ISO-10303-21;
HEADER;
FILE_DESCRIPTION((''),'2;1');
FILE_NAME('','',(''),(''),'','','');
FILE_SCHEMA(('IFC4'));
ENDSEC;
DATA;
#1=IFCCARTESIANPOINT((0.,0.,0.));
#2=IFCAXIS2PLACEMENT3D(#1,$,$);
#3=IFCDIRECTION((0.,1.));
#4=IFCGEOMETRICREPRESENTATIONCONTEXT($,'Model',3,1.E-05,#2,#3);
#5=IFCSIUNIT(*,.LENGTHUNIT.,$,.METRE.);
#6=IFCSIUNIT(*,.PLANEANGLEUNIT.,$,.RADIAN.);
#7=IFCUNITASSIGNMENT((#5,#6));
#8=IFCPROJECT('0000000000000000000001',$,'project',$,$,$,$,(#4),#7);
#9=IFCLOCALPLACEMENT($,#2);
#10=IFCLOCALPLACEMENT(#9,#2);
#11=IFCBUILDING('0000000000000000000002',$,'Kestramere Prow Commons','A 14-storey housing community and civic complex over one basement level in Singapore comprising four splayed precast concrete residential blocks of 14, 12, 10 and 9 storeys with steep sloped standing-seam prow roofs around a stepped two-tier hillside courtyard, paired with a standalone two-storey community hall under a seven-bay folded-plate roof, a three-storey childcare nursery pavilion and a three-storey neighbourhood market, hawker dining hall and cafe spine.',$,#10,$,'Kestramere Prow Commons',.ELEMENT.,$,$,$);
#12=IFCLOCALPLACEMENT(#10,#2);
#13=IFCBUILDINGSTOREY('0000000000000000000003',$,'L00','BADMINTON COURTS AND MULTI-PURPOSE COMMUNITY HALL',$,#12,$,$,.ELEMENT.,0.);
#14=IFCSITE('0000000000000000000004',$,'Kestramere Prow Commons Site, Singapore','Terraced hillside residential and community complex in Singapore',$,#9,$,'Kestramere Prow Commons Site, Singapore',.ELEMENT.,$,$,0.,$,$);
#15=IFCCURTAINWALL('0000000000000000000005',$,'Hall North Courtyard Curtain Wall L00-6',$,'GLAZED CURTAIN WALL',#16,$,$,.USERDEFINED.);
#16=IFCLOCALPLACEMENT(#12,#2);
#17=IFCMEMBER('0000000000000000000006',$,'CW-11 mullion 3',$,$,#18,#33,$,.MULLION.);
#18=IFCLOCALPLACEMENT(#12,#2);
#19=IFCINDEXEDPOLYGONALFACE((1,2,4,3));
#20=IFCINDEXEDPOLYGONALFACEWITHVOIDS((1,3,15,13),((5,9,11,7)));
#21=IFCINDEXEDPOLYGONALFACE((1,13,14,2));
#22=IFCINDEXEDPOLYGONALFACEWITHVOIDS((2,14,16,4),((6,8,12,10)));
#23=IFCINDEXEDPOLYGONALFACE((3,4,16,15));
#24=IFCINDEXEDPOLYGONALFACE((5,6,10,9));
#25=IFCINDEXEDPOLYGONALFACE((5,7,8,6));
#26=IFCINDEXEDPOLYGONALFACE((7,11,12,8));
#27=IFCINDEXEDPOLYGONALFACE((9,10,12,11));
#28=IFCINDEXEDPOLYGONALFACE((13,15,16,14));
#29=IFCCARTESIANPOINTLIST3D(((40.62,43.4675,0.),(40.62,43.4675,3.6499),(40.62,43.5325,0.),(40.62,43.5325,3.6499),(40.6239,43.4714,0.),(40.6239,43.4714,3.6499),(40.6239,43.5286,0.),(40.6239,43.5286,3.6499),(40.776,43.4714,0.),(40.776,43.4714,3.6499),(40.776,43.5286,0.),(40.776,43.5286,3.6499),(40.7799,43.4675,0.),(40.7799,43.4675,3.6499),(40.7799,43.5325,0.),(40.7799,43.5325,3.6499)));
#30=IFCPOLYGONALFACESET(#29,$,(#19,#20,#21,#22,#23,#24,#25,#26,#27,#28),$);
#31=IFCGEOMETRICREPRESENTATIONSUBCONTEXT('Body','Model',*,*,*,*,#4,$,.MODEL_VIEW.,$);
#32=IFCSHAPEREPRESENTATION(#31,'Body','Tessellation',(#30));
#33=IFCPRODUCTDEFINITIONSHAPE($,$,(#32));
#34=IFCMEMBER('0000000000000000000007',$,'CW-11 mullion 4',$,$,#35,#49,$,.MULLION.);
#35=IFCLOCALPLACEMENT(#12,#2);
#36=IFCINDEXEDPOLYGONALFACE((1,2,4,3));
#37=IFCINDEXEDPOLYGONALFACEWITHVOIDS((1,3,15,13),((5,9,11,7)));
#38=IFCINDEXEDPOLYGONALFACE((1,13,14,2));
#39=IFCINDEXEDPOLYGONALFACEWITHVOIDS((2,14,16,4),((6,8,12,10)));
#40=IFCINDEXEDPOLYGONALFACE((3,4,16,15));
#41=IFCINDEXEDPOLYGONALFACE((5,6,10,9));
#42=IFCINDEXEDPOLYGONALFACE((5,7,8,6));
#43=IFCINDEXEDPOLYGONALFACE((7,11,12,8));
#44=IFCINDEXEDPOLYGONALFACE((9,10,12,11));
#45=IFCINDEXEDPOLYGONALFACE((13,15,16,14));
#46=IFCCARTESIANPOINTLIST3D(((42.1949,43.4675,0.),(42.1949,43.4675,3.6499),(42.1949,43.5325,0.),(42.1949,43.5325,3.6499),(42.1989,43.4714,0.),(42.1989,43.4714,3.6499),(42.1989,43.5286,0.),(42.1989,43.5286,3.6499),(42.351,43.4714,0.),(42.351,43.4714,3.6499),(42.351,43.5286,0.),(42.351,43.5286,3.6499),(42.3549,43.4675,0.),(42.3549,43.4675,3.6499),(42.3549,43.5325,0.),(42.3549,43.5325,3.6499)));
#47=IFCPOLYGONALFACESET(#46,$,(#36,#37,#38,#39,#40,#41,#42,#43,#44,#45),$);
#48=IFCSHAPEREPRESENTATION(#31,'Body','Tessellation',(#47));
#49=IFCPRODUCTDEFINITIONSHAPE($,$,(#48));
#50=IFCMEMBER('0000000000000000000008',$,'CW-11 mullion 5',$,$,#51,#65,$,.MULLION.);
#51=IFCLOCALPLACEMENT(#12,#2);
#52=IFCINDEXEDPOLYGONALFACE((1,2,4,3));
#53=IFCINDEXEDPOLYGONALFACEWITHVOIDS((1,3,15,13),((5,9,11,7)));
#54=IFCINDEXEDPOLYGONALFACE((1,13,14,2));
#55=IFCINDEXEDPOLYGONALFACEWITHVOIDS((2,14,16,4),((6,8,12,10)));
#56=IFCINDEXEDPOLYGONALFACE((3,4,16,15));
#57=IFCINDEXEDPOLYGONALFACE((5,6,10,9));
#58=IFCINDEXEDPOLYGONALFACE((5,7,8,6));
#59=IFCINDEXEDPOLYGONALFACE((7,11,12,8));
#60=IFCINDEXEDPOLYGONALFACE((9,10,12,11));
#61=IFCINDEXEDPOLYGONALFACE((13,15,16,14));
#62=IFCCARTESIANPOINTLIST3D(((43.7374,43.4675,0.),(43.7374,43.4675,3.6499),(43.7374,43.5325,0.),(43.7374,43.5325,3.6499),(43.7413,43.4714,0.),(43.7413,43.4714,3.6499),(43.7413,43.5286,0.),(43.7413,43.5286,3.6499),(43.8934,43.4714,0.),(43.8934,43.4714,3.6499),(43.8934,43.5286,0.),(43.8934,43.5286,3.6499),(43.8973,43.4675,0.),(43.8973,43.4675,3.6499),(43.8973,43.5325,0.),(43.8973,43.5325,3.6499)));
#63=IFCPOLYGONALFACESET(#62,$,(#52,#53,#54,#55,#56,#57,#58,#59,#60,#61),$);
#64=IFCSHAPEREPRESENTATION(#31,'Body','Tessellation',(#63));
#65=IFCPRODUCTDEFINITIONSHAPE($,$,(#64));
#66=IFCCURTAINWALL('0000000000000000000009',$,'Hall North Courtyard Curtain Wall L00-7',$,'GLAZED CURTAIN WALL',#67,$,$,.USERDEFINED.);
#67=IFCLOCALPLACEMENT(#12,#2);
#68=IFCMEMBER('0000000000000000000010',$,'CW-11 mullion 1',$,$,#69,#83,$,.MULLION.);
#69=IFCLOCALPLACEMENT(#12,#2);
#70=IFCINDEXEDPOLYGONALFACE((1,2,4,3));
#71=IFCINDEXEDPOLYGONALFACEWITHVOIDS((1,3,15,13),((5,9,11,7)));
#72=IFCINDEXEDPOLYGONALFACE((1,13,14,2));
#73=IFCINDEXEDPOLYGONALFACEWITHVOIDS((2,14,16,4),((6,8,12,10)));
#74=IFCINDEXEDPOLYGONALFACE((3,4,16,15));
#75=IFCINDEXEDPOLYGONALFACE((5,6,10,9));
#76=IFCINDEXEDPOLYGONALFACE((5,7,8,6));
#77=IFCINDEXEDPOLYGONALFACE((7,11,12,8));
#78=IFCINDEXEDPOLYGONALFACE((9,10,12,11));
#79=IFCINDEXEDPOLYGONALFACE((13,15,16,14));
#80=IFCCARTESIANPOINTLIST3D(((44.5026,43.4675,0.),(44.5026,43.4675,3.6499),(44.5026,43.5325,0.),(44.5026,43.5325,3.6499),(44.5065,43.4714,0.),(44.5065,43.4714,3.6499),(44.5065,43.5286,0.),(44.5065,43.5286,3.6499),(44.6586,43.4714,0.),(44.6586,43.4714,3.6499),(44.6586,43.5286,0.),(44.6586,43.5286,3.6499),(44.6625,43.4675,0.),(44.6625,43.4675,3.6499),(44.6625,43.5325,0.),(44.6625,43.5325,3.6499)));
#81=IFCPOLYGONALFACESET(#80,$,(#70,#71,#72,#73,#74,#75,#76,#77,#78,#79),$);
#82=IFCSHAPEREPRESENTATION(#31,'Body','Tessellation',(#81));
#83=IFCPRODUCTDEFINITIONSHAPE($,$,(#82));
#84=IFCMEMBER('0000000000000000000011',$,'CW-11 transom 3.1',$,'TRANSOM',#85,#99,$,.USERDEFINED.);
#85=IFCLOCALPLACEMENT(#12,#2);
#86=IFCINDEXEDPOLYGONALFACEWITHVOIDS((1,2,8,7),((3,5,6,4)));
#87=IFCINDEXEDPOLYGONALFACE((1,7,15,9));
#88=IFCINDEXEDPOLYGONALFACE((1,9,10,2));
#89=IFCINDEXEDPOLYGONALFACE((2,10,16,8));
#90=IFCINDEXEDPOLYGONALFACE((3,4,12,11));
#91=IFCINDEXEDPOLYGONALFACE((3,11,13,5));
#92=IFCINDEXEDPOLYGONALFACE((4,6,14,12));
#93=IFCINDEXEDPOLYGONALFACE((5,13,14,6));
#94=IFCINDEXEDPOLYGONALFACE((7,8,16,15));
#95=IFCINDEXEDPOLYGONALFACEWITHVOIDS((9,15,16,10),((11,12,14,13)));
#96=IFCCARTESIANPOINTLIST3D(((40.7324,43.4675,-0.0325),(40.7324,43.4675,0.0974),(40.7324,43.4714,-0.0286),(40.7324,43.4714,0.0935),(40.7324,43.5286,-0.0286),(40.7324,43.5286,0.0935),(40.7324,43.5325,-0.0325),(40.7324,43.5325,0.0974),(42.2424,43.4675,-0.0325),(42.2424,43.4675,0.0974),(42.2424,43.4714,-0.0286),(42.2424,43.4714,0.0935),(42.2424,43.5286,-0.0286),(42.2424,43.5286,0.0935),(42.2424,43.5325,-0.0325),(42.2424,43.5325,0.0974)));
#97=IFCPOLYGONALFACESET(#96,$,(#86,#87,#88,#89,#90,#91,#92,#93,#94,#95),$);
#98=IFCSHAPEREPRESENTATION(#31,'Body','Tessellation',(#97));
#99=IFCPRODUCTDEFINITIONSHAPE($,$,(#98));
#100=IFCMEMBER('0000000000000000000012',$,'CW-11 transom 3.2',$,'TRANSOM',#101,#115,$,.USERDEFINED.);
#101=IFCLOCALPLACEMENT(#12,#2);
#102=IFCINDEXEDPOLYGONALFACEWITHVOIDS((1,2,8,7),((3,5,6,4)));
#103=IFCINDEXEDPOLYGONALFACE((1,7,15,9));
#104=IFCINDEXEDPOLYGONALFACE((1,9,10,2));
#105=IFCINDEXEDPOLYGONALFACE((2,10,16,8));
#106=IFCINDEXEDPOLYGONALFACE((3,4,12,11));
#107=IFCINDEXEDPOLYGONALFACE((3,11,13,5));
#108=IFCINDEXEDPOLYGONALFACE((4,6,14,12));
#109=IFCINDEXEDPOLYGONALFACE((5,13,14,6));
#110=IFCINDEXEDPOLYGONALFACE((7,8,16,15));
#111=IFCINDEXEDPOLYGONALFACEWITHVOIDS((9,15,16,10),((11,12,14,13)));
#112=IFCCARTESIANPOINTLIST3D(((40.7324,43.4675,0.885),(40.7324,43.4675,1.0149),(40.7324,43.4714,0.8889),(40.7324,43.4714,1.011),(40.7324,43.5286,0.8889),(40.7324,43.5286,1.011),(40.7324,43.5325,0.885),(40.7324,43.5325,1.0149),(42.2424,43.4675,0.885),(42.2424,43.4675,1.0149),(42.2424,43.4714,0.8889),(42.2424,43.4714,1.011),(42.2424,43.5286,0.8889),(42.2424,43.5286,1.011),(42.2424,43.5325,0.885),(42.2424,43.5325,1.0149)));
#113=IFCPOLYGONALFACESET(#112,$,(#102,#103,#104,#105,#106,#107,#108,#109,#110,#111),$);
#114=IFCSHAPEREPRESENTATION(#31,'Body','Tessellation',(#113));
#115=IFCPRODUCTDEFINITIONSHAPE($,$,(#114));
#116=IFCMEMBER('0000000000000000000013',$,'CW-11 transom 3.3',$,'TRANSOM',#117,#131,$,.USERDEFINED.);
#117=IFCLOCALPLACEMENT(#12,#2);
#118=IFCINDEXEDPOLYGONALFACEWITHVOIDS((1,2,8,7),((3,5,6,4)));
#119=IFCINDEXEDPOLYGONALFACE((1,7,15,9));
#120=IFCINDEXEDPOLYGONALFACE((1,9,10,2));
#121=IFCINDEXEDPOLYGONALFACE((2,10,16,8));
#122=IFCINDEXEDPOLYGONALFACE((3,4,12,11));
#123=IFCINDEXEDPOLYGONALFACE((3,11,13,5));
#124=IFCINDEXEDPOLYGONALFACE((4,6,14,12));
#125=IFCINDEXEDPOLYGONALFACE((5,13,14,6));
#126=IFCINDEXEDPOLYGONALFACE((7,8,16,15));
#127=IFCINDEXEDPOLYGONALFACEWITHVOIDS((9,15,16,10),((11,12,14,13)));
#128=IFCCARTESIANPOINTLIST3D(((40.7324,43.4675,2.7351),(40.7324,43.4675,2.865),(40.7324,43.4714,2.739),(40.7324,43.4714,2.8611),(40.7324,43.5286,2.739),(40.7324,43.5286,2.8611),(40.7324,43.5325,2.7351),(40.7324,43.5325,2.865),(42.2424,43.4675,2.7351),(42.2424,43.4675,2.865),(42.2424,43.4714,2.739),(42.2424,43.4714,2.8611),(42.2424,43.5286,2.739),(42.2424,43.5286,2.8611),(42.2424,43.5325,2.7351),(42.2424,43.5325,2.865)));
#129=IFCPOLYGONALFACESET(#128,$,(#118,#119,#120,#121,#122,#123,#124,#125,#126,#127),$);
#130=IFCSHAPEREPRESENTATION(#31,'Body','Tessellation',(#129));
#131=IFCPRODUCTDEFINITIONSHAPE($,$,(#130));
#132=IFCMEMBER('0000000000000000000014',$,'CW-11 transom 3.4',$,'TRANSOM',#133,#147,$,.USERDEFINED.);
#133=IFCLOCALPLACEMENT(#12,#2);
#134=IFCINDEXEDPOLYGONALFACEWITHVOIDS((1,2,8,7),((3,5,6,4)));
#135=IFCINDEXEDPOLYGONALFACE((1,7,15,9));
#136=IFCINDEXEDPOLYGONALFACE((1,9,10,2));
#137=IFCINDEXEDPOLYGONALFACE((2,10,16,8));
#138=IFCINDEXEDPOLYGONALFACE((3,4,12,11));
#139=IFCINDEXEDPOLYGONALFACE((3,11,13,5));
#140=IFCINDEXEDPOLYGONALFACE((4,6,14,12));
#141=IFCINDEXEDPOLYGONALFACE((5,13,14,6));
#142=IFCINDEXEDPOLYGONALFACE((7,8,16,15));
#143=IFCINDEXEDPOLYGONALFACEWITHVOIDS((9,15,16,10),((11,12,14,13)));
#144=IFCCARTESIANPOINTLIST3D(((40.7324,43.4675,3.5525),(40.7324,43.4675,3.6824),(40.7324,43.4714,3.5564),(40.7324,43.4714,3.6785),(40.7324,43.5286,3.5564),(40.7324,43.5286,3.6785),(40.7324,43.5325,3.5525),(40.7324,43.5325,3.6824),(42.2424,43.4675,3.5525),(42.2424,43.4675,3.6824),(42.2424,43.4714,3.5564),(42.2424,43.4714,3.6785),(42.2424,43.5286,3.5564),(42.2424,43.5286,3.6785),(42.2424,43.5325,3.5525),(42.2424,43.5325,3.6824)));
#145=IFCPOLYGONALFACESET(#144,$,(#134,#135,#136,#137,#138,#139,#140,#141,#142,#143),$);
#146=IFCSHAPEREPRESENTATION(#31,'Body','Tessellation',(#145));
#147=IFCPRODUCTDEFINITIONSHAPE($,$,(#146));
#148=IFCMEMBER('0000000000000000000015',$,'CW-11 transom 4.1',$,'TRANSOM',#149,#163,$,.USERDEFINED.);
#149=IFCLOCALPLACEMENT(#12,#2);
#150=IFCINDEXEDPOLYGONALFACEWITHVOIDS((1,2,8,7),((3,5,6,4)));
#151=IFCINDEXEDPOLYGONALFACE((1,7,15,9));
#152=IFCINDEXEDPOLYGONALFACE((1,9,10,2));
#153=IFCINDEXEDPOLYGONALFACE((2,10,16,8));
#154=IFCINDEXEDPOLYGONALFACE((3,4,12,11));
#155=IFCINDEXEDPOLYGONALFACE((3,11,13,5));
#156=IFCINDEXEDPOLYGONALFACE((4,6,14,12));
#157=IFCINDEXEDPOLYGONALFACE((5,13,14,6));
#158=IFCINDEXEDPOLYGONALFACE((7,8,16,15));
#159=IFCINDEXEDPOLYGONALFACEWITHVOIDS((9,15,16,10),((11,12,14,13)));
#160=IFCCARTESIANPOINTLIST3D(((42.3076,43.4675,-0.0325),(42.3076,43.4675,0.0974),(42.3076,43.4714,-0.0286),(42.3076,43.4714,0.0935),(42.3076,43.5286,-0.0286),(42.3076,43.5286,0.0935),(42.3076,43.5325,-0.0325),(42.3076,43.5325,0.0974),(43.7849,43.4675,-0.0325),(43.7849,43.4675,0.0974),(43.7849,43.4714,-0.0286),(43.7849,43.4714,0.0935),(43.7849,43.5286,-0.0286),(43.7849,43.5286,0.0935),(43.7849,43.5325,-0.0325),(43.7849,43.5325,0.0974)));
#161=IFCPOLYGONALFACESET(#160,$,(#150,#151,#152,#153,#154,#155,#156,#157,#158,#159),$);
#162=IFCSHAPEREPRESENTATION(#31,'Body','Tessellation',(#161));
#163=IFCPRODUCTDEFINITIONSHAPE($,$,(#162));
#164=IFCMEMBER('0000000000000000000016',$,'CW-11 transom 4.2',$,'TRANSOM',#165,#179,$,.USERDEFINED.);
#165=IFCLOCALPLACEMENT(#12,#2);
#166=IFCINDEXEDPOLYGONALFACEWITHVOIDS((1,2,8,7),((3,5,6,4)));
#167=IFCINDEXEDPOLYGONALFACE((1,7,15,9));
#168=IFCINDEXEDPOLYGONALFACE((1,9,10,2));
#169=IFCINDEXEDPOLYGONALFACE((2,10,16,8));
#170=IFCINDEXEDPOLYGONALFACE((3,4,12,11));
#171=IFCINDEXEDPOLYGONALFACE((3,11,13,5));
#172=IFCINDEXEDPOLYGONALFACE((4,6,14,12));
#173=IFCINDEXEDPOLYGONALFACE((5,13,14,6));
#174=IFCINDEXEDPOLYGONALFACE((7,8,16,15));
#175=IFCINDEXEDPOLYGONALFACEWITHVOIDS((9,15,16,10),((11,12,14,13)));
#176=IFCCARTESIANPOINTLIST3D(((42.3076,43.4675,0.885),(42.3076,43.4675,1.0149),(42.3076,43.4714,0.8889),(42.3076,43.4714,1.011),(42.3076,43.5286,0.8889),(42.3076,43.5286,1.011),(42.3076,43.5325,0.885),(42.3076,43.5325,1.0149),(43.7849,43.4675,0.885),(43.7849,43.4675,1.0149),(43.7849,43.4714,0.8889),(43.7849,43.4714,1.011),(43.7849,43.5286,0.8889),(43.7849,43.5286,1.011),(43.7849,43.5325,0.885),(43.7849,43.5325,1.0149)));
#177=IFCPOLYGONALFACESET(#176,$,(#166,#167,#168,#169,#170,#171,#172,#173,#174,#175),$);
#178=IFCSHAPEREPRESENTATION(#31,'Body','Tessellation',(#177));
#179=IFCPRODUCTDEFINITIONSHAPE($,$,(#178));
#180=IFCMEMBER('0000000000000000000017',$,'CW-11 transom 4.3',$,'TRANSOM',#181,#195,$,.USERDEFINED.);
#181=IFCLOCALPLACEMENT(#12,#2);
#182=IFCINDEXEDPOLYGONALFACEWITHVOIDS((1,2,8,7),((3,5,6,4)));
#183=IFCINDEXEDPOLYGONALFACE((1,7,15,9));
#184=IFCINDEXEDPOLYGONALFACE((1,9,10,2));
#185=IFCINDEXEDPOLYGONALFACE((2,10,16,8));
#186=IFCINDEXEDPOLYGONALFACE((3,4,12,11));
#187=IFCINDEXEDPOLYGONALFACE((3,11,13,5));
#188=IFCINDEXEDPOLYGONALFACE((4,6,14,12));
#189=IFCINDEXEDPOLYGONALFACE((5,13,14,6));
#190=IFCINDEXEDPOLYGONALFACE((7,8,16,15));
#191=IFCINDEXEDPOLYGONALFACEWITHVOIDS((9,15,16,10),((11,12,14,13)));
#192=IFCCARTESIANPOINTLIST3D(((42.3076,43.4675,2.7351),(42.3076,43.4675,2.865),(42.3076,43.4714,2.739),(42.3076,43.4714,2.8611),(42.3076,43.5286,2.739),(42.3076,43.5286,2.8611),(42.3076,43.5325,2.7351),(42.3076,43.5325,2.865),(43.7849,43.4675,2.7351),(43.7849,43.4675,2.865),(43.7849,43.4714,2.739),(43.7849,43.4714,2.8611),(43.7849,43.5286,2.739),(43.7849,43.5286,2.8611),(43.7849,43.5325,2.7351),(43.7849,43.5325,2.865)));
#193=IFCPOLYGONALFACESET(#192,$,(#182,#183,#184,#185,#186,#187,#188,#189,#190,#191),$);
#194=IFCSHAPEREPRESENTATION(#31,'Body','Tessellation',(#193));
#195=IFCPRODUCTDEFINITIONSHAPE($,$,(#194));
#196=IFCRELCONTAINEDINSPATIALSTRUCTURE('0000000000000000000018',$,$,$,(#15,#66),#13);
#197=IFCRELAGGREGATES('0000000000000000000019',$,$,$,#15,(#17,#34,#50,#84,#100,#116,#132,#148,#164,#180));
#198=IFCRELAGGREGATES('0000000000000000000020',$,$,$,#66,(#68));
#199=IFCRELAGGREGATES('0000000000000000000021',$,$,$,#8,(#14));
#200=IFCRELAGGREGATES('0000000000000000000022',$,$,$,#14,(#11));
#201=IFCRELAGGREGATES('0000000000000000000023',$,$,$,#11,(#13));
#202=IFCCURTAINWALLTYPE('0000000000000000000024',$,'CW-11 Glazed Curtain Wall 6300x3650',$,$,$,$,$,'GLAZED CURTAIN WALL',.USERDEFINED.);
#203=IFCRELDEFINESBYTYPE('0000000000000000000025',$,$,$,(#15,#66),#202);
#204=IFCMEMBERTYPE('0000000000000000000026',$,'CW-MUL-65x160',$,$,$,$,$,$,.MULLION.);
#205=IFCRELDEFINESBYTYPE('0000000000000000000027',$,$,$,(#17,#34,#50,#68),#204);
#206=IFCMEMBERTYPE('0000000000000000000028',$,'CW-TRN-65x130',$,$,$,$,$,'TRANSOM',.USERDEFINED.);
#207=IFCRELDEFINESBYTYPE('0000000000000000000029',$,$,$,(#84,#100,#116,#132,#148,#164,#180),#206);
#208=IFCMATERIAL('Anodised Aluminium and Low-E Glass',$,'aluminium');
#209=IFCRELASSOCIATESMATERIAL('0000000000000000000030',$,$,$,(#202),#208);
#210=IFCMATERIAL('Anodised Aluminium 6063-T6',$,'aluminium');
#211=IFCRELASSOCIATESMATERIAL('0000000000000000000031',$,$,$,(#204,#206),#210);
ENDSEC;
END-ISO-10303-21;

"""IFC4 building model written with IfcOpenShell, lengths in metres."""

from ifc_helpers import new_model, si_unit, direction, frame, origin, origin_2d, place, context, subcontext, project, spatial, hollow_rectangle, extrude, material, material_profile, profile_set, type_object, element, aggregate, save


model = new_model("IFC4")

# Units and contexts
model_context = context("Model", 3, precision=1e-05, world=origin(), true_north=direction((0.0, 1.0)))
body_context = subcontext(model_context, "Body", "Model", "MODEL_VIEW")
ifc_project = project(units=[si_unit("LENGTHUNIT", "METRE"), si_unit("PLANEANGLEUNIT", "RADIAN")], contexts=[model_context])

# Site, building, storey
site_placement = place(None, origin())
site = spatial("IfcSite", under=ifc_project, at=site_placement, Name="Kestramere Prow Commons Site, Singapore", Description="Terraced hillside residential and community complex in Singapore", LongName="Kestramere Prow Commons Site, Singapore", CompositionType="ELEMENT", RefElevation=0.0)
building_placement = place(site_placement, origin())
building = spatial("IfcBuilding", under=site, at=building_placement, Name="Kestramere Prow Commons", Description="A 14-storey housing community and civic complex over one basement level in Singapore comprising four splayed precast concrete residential blocks of 14, 12, 10 and 9 storeys with steep sloped standing-seam prow roofs around a stepped two-tier hillside courtyard, paired with a standalone two-storey community hall under a seven-bay folded-plate roof, a three-storey childcare nursery pavilion and a three-storey neighbourhood market, hawker dining hall and cafe spine.", LongName="Kestramere Prow Commons", CompositionType="ELEMENT")
storey_placement = place(building_placement, origin())
storey = spatial("IfcBuildingStorey", under=building, at=storey_placement, Name="L00", Description="BADMINTON COURTS AND MULTI-PURPOSE COMMUNITY HALL", CompositionType="ELEMENT", Elevation=0.0)

# Curtain wall, members
ifc_material_1 = material(Name="Anodised Aluminium and Low-E Glass", Category="aluminium")
curtain_wall_type = type_object("IfcCurtainWallType", Name="CW-11 Glazed Curtain Wall 6300x3650", ElementType="GLAZED CURTAIN WALL", PredefinedType="USERDEFINED", material=ifc_material_1)
curtain_wall_1_placement = place(storey_placement, origin())
curtain_wall_1 = element("IfcCurtainWall", 1, at=curtain_wall_1_placement, inside=storey, type_object=curtain_wall_type, Name="Hall North Courtyard Curtain Wall L00-6", ObjectType="GLAZED CURTAIN WALL", PredefinedType="USERDEFINED")
ifc_material_2 = material(Name="Anodised Aluminium 6063-T6", Category="aluminium")
ifc_material_profile_1 = material_profile(ifc_material_2, hollow_rectangle(XDim=0.0649, YDim=0.1599, WallThickness=0.0039, at=origin_2d()), Name="ALU-MUL 65x160")
ifc_profile_set_1 = profile_set([ifc_material_profile_1], Name="Anodised Aluminium 6063-T6")
member_type_1 = type_object("IfcMemberType", Name="CW-MUL-65x160", PredefinedType="MULLION", material=ifc_profile_set_1)
member_1_placement = place(storey_placement, frame((40.7, 43.5, 0.0), z_axis=(0.0, 0.0, 1.0), x_axis=(0.0, 1.0, 0.0)))
member_1 = element("IfcMember", 2, at=member_1_placement, type_object=member_type_1, Name="CW-11 mullion 3", PredefinedType="MULLION", context=body_context, shape_type="SweptSolid", body=[
    extrude(hollow_rectangle(XDim=0.0649, YDim=0.1599, WallThickness=0.0039, at=origin_2d()), origin(), (0.0, 0.0, 1.0), 3.6499),
])
member_2_placement = place(storey_placement, frame((42.2749, 43.5, 0.0), z_axis=(0.0, 0.0, 1.0), x_axis=(0.0, 1.0, 0.0)))
member_2 = element("IfcMember", 3, at=member_2_placement, type_object=member_type_1, Name="CW-11 mullion 4", PredefinedType="MULLION", context=body_context, shape_type="SweptSolid", body=[
    extrude(hollow_rectangle(XDim=0.0649, YDim=0.1599, WallThickness=0.0039, at=origin_2d()), origin(), (0.0, 0.0, 1.0), 3.6499),
])
member_3_placement = place(storey_placement, frame((43.8174, 43.5, 0.0), z_axis=(0.0, 0.0, 1.0), x_axis=(0.0, 1.0, 0.0)))
member_3 = element("IfcMember", 4, at=member_3_placement, type_object=member_type_1, Name="CW-11 mullion 5", PredefinedType="MULLION", context=body_context, shape_type="SweptSolid", body=[
    extrude(hollow_rectangle(XDim=0.0649, YDim=0.1599, WallThickness=0.0039, at=origin_2d()), origin(), (0.0, 0.0, 1.0), 3.6499),
])

# Curtain wall, member
curtain_wall_2_placement = place(storey_placement, origin())
curtain_wall_2 = element("IfcCurtainWall", 5, at=curtain_wall_2_placement, inside=storey, type_object=curtain_wall_type, Name="Hall North Courtyard Curtain Wall L00-7", ObjectType="GLAZED CURTAIN WALL", PredefinedType="USERDEFINED")
member_4_placement = place(storey_placement, frame((44.5825, 43.5, 0.0), z_axis=(0.0, 0.0, 1.0), x_axis=(0.0, 1.0, 0.0)))
member_4 = element("IfcMember", 6, at=member_4_placement, type_object=member_type_1, Name="CW-11 mullion 1", PredefinedType="MULLION", context=body_context, shape_type="SweptSolid", body=[
    extrude(hollow_rectangle(XDim=0.0649, YDim=0.1599, WallThickness=0.0039, at=origin_2d()), origin(), (0.0, 0.0, 1.0), 3.6499),
])

# Members
ifc_material_profile_2 = material_profile(ifc_material_2, hollow_rectangle(XDim=0.0649, YDim=0.1299, WallThickness=0.0039, at=origin_2d()), Name="ALU-TRN 65x130")
ifc_profile_set_2 = profile_set([ifc_material_profile_2], Name="Anodised Aluminium 6063-T6")
member_type_2 = type_object("IfcMemberType", Name="CW-TRN-65x130", ElementType="TRANSOM", PredefinedType="USERDEFINED", material=ifc_profile_set_2)
member_5_placement = place(storey_placement, frame((40.7324, 43.5, 0.0325), z_axis=(1.0, 0.0, 0.0), x_axis=(0.0, 1.0, 0.0)))
member_5 = element("IfcMember", 7, at=member_5_placement, type_object=member_type_2, Name="CW-11 transom 3.1", ObjectType="TRANSOM", PredefinedType="USERDEFINED", context=body_context, shape_type="SweptSolid", body=[
    extrude(hollow_rectangle(XDim=0.0649, YDim=0.1299, WallThickness=0.0039, at=origin_2d()), origin(), (0.0, 0.0, 1.0), 1.51),
])
member_6_placement = place(storey_placement, frame((40.7324, 43.5, 0.95), z_axis=(1.0, 0.0, 0.0), x_axis=(0.0, 1.0, 0.0)))
member_6 = element("IfcMember", 8, at=member_6_placement, type_object=member_type_2, Name="CW-11 transom 3.2", ObjectType="TRANSOM", PredefinedType="USERDEFINED", context=body_context, shape_type="SweptSolid", body=[
    extrude(hollow_rectangle(XDim=0.0649, YDim=0.1299, WallThickness=0.0039, at=origin_2d()), origin(), (0.0, 0.0, 1.0), 1.51),
])
member_7_placement = place(storey_placement, frame((40.7324, 43.5, 2.8), z_axis=(1.0, 0.0, 0.0), x_axis=(0.0, 1.0, 0.0)))
member_7 = element("IfcMember", 9, at=member_7_placement, type_object=member_type_2, Name="CW-11 transom 3.3", ObjectType="TRANSOM", PredefinedType="USERDEFINED", context=body_context, shape_type="SweptSolid", body=[
    extrude(hollow_rectangle(XDim=0.0649, YDim=0.1299, WallThickness=0.0039, at=origin_2d()), origin(), (0.0, 0.0, 1.0), 1.51),
])
member_8_placement = place(storey_placement, frame((40.7324, 43.5, 3.6174), z_axis=(1.0, 0.0, 0.0), x_axis=(0.0, 1.0, 0.0)))
member_8 = element("IfcMember", 10, at=member_8_placement, type_object=member_type_2, Name="CW-11 transom 3.4", ObjectType="TRANSOM", PredefinedType="USERDEFINED", context=body_context, shape_type="SweptSolid", body=[
    extrude(hollow_rectangle(XDim=0.0649, YDim=0.1299, WallThickness=0.0039, at=origin_2d()), origin(), (0.0, 0.0, 1.0), 1.51),
])
member_9_placement = place(storey_placement, frame((42.3076, 43.5, 0.0325), z_axis=(1.0, 0.0, 0.0), x_axis=(0.0, 1.0, 0.0)))
member_9 = element("IfcMember", 11, at=member_9_placement, type_object=member_type_2, Name="CW-11 transom 4.1", ObjectType="TRANSOM", PredefinedType="USERDEFINED", context=body_context, shape_type="SweptSolid", body=[
    extrude(hollow_rectangle(XDim=0.0649, YDim=0.1299, WallThickness=0.0039, at=origin_2d()), origin(), (0.0, 0.0, 1.0), 1.4773),
])
member_10_placement = place(storey_placement, frame((42.3076, 43.5, 0.95), z_axis=(1.0, 0.0, 0.0), x_axis=(0.0, 1.0, 0.0)))
member_10 = element("IfcMember", 12, at=member_10_placement, type_object=member_type_2, Name="CW-11 transom 4.2", ObjectType="TRANSOM", PredefinedType="USERDEFINED", context=body_context, shape_type="SweptSolid", body=[
    extrude(hollow_rectangle(XDim=0.0649, YDim=0.1299, WallThickness=0.0039, at=origin_2d()), origin(), (0.0, 0.0, 1.0), 1.4773),
])
member_11_placement = place(storey_placement, frame((42.3076, 43.5, 2.8), z_axis=(1.0, 0.0, 0.0), x_axis=(0.0, 1.0, 0.0)))
member_11 = element("IfcMember", 13, at=member_11_placement, type_object=member_type_2, Name="CW-11 transom 4.3", ObjectType="TRANSOM", PredefinedType="USERDEFINED", context=body_context, shape_type="SweptSolid", body=[
    extrude(hollow_rectangle(XDim=0.0649, YDim=0.1299, WallThickness=0.0039, at=origin_2d()), origin(), (0.0, 0.0, 1.0), 1.4773),
])

aggregate(curtain_wall_1, [member_1, member_2, member_3, member_5, member_6, member_7, member_8, member_9, member_10, member_11])
aggregate(curtain_wall_2, [member_4])

save(model, "model.ifc")
